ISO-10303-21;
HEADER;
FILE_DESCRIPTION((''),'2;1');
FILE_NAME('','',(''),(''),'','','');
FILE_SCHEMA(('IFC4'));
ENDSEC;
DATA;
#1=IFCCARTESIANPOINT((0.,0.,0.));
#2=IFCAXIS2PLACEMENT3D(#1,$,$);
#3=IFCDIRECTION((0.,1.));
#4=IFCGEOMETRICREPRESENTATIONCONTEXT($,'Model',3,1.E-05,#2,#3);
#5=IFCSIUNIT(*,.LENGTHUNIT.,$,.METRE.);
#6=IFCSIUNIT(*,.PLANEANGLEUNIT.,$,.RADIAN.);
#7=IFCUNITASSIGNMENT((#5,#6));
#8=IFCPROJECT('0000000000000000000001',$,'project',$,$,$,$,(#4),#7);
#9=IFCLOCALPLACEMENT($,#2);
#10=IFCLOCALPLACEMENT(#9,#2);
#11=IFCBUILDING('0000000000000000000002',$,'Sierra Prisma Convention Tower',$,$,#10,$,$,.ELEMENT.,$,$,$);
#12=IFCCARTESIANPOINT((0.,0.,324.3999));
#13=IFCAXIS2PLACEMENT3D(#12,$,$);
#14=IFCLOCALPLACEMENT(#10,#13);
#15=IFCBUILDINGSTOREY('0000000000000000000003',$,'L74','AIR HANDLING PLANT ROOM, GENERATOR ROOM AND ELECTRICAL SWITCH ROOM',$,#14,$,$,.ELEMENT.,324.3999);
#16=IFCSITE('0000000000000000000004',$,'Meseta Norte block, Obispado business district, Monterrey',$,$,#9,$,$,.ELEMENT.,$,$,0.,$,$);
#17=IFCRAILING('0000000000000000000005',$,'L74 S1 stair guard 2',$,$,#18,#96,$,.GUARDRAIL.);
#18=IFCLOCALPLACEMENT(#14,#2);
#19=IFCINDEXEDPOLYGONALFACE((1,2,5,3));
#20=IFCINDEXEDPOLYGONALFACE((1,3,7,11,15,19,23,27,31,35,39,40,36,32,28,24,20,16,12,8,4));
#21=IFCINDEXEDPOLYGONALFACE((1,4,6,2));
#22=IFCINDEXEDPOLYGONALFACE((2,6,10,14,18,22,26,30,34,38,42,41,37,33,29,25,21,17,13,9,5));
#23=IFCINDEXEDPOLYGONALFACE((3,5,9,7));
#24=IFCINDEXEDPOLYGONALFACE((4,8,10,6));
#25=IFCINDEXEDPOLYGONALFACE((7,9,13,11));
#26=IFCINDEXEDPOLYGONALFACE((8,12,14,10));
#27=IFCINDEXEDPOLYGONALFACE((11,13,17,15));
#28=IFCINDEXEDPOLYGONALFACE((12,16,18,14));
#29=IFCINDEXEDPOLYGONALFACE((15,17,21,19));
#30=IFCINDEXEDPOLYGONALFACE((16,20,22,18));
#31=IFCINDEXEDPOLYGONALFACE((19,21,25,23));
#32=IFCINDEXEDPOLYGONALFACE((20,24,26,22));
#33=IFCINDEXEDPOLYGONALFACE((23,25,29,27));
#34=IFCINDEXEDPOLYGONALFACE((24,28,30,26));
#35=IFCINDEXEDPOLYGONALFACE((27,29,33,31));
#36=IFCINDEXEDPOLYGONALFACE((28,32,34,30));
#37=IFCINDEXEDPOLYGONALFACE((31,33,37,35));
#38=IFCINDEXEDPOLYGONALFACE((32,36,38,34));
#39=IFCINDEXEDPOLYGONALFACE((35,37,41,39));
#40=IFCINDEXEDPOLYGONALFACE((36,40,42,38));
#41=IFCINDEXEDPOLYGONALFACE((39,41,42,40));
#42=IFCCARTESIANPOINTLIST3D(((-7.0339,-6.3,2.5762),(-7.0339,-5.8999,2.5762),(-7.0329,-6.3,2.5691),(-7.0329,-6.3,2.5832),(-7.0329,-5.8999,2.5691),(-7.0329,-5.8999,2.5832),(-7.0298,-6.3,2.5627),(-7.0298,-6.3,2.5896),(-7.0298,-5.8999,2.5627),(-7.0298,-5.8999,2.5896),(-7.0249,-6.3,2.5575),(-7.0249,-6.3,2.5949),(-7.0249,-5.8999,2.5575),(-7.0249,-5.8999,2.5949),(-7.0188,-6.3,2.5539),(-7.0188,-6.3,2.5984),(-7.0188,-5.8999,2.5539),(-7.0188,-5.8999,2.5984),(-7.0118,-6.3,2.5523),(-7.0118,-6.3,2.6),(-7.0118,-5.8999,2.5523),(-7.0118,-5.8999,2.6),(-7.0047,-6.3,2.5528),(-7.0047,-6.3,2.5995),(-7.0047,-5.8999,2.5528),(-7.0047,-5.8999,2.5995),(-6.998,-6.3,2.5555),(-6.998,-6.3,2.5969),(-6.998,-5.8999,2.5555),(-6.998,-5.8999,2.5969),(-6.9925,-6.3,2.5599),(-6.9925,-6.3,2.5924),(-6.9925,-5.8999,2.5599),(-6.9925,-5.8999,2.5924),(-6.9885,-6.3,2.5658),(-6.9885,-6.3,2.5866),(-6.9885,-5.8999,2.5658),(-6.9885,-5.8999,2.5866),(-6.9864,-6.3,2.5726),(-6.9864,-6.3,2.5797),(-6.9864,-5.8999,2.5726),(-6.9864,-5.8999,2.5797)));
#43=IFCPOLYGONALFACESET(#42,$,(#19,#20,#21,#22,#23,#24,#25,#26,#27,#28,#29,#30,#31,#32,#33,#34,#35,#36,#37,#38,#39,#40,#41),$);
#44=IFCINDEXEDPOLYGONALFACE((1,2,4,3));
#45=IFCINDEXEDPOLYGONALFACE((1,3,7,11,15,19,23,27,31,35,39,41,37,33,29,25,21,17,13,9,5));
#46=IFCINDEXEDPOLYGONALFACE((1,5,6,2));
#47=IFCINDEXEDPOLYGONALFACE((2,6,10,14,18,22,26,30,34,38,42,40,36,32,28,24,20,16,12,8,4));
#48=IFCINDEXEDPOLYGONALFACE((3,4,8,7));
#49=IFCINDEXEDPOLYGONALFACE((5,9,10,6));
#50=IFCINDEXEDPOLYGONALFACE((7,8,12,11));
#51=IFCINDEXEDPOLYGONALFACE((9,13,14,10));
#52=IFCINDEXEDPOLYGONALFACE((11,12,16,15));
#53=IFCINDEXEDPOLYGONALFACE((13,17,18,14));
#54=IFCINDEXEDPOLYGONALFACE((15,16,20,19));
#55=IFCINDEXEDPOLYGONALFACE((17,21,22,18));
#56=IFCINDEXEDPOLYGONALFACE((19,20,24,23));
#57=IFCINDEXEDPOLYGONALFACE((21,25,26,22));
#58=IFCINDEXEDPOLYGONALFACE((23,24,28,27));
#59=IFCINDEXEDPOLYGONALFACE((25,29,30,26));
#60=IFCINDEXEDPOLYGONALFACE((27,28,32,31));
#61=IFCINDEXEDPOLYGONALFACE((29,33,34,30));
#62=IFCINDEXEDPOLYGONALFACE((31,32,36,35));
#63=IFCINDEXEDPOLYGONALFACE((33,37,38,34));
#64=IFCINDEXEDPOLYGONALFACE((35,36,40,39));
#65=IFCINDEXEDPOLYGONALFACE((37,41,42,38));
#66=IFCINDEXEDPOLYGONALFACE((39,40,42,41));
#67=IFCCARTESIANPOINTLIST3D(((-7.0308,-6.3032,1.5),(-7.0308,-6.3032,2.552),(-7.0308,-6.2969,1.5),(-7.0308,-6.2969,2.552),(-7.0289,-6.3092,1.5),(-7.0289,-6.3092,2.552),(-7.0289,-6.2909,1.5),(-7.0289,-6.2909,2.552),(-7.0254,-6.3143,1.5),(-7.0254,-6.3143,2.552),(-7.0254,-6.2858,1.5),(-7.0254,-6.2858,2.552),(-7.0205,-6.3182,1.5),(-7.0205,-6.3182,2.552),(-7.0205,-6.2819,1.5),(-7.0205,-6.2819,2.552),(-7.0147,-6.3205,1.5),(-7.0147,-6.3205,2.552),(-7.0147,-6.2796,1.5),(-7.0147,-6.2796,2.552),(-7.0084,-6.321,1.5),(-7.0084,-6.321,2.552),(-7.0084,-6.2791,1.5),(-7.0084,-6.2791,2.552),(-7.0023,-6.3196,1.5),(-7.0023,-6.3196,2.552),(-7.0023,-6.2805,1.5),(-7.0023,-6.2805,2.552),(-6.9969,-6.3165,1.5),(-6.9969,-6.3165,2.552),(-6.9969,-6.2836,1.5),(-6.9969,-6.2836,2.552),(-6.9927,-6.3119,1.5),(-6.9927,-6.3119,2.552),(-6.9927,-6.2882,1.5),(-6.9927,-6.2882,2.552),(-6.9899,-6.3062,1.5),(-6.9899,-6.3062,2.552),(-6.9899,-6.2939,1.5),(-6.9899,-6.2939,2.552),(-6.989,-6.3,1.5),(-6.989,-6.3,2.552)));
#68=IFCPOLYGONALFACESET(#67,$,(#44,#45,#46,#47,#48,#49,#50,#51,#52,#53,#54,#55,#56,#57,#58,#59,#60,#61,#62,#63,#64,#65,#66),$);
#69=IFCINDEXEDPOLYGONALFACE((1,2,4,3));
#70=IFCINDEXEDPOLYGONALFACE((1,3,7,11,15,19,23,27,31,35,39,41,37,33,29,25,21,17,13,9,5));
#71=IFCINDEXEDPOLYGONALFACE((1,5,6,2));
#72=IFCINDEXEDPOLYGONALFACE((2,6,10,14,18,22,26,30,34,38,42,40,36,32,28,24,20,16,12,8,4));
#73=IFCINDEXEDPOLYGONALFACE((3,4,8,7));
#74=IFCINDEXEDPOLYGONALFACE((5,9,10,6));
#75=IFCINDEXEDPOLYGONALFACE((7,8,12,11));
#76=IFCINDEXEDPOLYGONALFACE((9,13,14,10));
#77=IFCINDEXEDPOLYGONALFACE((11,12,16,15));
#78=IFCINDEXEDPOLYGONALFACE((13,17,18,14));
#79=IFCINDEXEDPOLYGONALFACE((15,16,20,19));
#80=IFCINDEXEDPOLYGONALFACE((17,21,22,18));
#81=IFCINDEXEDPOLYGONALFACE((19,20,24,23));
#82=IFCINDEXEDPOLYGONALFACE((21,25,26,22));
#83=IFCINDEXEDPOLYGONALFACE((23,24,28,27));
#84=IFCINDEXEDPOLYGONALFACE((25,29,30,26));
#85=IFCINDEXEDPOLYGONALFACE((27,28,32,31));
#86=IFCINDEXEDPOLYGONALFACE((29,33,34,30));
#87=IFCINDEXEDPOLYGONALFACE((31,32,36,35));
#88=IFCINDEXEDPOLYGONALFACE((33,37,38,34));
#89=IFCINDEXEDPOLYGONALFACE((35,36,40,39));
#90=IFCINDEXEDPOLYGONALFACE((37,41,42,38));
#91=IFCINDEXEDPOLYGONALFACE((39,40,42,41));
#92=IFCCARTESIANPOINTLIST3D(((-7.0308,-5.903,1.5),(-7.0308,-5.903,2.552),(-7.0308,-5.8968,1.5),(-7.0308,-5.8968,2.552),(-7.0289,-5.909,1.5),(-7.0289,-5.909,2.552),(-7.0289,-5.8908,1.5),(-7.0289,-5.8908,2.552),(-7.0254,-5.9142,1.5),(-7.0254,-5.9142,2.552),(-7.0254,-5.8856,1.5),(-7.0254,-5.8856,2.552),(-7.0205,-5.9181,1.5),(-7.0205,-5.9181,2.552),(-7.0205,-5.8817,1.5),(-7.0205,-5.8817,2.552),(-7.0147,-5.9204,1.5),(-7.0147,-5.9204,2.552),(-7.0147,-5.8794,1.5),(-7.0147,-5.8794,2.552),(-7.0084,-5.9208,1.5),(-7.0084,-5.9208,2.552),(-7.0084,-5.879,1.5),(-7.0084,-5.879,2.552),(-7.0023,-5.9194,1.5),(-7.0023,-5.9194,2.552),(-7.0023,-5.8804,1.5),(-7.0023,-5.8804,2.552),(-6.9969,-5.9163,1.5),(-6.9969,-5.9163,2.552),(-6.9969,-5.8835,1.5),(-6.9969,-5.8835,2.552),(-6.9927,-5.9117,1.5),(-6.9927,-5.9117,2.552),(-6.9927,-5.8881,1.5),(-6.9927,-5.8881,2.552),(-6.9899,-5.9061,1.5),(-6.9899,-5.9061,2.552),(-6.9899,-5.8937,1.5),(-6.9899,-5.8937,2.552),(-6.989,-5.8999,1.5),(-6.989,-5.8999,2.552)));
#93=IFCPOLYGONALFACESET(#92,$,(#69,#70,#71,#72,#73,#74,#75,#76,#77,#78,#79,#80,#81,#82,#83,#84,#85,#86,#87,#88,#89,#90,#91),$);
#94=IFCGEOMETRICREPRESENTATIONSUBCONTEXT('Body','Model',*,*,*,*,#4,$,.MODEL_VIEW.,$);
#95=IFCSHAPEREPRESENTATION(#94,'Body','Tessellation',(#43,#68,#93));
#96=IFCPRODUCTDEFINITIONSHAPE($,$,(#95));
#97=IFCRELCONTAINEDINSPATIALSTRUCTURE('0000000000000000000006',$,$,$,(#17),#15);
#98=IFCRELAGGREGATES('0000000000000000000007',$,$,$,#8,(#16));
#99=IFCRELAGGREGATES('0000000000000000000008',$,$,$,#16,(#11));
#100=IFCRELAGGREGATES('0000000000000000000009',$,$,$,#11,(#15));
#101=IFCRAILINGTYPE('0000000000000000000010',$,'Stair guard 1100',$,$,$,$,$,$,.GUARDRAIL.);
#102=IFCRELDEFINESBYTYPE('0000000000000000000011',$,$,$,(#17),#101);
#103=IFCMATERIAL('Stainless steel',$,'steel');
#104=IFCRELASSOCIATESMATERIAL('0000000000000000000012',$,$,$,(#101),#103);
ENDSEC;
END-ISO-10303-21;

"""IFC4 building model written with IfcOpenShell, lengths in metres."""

from ifc_helpers import new_model, si_unit, direction, frame, origin, origin_2d, place, context, subcontext, project, spatial, circle, extrude, material, type_object, element, save


model = new_model("IFC4")

# Units and contexts
model_context = context("Model", 3, precision=1e-05, world=origin(), true_north=direction((0.0, 1.0)))
body_context = subcontext(model_context, "Body", "Model", "MODEL_VIEW")
ifc_project = project(units=[si_unit("LENGTHUNIT", "METRE"), si_unit("PLANEANGLEUNIT", "RADIAN")], contexts=[model_context])

# Site, building, storey
site_placement = place(None, origin())
site = spatial("IfcSite", under=ifc_project, at=site_placement, Name="Meseta Norte block, Obispado business district, Monterrey", CompositionType="ELEMENT", RefElevation=0.0)
building_placement = place(site_placement, origin())
building = spatial("IfcBuilding", under=site, at=building_placement, Name="Sierra Prisma Convention Tower", CompositionType="ELEMENT")
storey_placement = place(building_placement, frame((0.0, 0.0, 324.3999)))
storey = spatial("IfcBuildingStorey", under=building, at=storey_placement, Name="L74", Description="AIR HANDLING PLANT ROOM, GENERATOR ROOM AND ELECTRICAL SWITCH ROOM", CompositionType="ELEMENT", Elevation=324.3999)

# Railing
ifc_material_1 = material(Name="Stainless steel", Category="steel")
railing_type_1 = type_object("IfcRailingType", Name="Stair guard 1100", PredefinedType="GUARDRAIL", material=ifc_material_1)
railing_1_placement = place(storey_placement, frame((-7.01, -6.3, 1.5)))
element("IfcRailing", 1, at=railing_1_placement, inside=storey, type_object=railing_type_1, Name="L74 S1 stair guard 2", PredefinedType="GUARDRAIL", context=body_context, shape_type="SweptSolid", body=[
    extrude(circle(Radius=0.0239, at=origin_2d()), frame((0.0, 0.0, 1.0762), z_axis=(0.0, 1.0, 0.0), x_axis=(-1.0, 0.0, 0.0)), (0.0, 0.0, 1.0), 0.4001),
    extrude(circle(Radius=0.021, at=origin_2d()), origin(), (0.0, 0.0, 1.0), 1.052),
    extrude(circle(Radius=0.021, at=origin_2d()), frame((0.0, 0.4001, 0.0)), (0.0, 0.0, 1.0), 1.052),
])

save(model, "model.ifc")
